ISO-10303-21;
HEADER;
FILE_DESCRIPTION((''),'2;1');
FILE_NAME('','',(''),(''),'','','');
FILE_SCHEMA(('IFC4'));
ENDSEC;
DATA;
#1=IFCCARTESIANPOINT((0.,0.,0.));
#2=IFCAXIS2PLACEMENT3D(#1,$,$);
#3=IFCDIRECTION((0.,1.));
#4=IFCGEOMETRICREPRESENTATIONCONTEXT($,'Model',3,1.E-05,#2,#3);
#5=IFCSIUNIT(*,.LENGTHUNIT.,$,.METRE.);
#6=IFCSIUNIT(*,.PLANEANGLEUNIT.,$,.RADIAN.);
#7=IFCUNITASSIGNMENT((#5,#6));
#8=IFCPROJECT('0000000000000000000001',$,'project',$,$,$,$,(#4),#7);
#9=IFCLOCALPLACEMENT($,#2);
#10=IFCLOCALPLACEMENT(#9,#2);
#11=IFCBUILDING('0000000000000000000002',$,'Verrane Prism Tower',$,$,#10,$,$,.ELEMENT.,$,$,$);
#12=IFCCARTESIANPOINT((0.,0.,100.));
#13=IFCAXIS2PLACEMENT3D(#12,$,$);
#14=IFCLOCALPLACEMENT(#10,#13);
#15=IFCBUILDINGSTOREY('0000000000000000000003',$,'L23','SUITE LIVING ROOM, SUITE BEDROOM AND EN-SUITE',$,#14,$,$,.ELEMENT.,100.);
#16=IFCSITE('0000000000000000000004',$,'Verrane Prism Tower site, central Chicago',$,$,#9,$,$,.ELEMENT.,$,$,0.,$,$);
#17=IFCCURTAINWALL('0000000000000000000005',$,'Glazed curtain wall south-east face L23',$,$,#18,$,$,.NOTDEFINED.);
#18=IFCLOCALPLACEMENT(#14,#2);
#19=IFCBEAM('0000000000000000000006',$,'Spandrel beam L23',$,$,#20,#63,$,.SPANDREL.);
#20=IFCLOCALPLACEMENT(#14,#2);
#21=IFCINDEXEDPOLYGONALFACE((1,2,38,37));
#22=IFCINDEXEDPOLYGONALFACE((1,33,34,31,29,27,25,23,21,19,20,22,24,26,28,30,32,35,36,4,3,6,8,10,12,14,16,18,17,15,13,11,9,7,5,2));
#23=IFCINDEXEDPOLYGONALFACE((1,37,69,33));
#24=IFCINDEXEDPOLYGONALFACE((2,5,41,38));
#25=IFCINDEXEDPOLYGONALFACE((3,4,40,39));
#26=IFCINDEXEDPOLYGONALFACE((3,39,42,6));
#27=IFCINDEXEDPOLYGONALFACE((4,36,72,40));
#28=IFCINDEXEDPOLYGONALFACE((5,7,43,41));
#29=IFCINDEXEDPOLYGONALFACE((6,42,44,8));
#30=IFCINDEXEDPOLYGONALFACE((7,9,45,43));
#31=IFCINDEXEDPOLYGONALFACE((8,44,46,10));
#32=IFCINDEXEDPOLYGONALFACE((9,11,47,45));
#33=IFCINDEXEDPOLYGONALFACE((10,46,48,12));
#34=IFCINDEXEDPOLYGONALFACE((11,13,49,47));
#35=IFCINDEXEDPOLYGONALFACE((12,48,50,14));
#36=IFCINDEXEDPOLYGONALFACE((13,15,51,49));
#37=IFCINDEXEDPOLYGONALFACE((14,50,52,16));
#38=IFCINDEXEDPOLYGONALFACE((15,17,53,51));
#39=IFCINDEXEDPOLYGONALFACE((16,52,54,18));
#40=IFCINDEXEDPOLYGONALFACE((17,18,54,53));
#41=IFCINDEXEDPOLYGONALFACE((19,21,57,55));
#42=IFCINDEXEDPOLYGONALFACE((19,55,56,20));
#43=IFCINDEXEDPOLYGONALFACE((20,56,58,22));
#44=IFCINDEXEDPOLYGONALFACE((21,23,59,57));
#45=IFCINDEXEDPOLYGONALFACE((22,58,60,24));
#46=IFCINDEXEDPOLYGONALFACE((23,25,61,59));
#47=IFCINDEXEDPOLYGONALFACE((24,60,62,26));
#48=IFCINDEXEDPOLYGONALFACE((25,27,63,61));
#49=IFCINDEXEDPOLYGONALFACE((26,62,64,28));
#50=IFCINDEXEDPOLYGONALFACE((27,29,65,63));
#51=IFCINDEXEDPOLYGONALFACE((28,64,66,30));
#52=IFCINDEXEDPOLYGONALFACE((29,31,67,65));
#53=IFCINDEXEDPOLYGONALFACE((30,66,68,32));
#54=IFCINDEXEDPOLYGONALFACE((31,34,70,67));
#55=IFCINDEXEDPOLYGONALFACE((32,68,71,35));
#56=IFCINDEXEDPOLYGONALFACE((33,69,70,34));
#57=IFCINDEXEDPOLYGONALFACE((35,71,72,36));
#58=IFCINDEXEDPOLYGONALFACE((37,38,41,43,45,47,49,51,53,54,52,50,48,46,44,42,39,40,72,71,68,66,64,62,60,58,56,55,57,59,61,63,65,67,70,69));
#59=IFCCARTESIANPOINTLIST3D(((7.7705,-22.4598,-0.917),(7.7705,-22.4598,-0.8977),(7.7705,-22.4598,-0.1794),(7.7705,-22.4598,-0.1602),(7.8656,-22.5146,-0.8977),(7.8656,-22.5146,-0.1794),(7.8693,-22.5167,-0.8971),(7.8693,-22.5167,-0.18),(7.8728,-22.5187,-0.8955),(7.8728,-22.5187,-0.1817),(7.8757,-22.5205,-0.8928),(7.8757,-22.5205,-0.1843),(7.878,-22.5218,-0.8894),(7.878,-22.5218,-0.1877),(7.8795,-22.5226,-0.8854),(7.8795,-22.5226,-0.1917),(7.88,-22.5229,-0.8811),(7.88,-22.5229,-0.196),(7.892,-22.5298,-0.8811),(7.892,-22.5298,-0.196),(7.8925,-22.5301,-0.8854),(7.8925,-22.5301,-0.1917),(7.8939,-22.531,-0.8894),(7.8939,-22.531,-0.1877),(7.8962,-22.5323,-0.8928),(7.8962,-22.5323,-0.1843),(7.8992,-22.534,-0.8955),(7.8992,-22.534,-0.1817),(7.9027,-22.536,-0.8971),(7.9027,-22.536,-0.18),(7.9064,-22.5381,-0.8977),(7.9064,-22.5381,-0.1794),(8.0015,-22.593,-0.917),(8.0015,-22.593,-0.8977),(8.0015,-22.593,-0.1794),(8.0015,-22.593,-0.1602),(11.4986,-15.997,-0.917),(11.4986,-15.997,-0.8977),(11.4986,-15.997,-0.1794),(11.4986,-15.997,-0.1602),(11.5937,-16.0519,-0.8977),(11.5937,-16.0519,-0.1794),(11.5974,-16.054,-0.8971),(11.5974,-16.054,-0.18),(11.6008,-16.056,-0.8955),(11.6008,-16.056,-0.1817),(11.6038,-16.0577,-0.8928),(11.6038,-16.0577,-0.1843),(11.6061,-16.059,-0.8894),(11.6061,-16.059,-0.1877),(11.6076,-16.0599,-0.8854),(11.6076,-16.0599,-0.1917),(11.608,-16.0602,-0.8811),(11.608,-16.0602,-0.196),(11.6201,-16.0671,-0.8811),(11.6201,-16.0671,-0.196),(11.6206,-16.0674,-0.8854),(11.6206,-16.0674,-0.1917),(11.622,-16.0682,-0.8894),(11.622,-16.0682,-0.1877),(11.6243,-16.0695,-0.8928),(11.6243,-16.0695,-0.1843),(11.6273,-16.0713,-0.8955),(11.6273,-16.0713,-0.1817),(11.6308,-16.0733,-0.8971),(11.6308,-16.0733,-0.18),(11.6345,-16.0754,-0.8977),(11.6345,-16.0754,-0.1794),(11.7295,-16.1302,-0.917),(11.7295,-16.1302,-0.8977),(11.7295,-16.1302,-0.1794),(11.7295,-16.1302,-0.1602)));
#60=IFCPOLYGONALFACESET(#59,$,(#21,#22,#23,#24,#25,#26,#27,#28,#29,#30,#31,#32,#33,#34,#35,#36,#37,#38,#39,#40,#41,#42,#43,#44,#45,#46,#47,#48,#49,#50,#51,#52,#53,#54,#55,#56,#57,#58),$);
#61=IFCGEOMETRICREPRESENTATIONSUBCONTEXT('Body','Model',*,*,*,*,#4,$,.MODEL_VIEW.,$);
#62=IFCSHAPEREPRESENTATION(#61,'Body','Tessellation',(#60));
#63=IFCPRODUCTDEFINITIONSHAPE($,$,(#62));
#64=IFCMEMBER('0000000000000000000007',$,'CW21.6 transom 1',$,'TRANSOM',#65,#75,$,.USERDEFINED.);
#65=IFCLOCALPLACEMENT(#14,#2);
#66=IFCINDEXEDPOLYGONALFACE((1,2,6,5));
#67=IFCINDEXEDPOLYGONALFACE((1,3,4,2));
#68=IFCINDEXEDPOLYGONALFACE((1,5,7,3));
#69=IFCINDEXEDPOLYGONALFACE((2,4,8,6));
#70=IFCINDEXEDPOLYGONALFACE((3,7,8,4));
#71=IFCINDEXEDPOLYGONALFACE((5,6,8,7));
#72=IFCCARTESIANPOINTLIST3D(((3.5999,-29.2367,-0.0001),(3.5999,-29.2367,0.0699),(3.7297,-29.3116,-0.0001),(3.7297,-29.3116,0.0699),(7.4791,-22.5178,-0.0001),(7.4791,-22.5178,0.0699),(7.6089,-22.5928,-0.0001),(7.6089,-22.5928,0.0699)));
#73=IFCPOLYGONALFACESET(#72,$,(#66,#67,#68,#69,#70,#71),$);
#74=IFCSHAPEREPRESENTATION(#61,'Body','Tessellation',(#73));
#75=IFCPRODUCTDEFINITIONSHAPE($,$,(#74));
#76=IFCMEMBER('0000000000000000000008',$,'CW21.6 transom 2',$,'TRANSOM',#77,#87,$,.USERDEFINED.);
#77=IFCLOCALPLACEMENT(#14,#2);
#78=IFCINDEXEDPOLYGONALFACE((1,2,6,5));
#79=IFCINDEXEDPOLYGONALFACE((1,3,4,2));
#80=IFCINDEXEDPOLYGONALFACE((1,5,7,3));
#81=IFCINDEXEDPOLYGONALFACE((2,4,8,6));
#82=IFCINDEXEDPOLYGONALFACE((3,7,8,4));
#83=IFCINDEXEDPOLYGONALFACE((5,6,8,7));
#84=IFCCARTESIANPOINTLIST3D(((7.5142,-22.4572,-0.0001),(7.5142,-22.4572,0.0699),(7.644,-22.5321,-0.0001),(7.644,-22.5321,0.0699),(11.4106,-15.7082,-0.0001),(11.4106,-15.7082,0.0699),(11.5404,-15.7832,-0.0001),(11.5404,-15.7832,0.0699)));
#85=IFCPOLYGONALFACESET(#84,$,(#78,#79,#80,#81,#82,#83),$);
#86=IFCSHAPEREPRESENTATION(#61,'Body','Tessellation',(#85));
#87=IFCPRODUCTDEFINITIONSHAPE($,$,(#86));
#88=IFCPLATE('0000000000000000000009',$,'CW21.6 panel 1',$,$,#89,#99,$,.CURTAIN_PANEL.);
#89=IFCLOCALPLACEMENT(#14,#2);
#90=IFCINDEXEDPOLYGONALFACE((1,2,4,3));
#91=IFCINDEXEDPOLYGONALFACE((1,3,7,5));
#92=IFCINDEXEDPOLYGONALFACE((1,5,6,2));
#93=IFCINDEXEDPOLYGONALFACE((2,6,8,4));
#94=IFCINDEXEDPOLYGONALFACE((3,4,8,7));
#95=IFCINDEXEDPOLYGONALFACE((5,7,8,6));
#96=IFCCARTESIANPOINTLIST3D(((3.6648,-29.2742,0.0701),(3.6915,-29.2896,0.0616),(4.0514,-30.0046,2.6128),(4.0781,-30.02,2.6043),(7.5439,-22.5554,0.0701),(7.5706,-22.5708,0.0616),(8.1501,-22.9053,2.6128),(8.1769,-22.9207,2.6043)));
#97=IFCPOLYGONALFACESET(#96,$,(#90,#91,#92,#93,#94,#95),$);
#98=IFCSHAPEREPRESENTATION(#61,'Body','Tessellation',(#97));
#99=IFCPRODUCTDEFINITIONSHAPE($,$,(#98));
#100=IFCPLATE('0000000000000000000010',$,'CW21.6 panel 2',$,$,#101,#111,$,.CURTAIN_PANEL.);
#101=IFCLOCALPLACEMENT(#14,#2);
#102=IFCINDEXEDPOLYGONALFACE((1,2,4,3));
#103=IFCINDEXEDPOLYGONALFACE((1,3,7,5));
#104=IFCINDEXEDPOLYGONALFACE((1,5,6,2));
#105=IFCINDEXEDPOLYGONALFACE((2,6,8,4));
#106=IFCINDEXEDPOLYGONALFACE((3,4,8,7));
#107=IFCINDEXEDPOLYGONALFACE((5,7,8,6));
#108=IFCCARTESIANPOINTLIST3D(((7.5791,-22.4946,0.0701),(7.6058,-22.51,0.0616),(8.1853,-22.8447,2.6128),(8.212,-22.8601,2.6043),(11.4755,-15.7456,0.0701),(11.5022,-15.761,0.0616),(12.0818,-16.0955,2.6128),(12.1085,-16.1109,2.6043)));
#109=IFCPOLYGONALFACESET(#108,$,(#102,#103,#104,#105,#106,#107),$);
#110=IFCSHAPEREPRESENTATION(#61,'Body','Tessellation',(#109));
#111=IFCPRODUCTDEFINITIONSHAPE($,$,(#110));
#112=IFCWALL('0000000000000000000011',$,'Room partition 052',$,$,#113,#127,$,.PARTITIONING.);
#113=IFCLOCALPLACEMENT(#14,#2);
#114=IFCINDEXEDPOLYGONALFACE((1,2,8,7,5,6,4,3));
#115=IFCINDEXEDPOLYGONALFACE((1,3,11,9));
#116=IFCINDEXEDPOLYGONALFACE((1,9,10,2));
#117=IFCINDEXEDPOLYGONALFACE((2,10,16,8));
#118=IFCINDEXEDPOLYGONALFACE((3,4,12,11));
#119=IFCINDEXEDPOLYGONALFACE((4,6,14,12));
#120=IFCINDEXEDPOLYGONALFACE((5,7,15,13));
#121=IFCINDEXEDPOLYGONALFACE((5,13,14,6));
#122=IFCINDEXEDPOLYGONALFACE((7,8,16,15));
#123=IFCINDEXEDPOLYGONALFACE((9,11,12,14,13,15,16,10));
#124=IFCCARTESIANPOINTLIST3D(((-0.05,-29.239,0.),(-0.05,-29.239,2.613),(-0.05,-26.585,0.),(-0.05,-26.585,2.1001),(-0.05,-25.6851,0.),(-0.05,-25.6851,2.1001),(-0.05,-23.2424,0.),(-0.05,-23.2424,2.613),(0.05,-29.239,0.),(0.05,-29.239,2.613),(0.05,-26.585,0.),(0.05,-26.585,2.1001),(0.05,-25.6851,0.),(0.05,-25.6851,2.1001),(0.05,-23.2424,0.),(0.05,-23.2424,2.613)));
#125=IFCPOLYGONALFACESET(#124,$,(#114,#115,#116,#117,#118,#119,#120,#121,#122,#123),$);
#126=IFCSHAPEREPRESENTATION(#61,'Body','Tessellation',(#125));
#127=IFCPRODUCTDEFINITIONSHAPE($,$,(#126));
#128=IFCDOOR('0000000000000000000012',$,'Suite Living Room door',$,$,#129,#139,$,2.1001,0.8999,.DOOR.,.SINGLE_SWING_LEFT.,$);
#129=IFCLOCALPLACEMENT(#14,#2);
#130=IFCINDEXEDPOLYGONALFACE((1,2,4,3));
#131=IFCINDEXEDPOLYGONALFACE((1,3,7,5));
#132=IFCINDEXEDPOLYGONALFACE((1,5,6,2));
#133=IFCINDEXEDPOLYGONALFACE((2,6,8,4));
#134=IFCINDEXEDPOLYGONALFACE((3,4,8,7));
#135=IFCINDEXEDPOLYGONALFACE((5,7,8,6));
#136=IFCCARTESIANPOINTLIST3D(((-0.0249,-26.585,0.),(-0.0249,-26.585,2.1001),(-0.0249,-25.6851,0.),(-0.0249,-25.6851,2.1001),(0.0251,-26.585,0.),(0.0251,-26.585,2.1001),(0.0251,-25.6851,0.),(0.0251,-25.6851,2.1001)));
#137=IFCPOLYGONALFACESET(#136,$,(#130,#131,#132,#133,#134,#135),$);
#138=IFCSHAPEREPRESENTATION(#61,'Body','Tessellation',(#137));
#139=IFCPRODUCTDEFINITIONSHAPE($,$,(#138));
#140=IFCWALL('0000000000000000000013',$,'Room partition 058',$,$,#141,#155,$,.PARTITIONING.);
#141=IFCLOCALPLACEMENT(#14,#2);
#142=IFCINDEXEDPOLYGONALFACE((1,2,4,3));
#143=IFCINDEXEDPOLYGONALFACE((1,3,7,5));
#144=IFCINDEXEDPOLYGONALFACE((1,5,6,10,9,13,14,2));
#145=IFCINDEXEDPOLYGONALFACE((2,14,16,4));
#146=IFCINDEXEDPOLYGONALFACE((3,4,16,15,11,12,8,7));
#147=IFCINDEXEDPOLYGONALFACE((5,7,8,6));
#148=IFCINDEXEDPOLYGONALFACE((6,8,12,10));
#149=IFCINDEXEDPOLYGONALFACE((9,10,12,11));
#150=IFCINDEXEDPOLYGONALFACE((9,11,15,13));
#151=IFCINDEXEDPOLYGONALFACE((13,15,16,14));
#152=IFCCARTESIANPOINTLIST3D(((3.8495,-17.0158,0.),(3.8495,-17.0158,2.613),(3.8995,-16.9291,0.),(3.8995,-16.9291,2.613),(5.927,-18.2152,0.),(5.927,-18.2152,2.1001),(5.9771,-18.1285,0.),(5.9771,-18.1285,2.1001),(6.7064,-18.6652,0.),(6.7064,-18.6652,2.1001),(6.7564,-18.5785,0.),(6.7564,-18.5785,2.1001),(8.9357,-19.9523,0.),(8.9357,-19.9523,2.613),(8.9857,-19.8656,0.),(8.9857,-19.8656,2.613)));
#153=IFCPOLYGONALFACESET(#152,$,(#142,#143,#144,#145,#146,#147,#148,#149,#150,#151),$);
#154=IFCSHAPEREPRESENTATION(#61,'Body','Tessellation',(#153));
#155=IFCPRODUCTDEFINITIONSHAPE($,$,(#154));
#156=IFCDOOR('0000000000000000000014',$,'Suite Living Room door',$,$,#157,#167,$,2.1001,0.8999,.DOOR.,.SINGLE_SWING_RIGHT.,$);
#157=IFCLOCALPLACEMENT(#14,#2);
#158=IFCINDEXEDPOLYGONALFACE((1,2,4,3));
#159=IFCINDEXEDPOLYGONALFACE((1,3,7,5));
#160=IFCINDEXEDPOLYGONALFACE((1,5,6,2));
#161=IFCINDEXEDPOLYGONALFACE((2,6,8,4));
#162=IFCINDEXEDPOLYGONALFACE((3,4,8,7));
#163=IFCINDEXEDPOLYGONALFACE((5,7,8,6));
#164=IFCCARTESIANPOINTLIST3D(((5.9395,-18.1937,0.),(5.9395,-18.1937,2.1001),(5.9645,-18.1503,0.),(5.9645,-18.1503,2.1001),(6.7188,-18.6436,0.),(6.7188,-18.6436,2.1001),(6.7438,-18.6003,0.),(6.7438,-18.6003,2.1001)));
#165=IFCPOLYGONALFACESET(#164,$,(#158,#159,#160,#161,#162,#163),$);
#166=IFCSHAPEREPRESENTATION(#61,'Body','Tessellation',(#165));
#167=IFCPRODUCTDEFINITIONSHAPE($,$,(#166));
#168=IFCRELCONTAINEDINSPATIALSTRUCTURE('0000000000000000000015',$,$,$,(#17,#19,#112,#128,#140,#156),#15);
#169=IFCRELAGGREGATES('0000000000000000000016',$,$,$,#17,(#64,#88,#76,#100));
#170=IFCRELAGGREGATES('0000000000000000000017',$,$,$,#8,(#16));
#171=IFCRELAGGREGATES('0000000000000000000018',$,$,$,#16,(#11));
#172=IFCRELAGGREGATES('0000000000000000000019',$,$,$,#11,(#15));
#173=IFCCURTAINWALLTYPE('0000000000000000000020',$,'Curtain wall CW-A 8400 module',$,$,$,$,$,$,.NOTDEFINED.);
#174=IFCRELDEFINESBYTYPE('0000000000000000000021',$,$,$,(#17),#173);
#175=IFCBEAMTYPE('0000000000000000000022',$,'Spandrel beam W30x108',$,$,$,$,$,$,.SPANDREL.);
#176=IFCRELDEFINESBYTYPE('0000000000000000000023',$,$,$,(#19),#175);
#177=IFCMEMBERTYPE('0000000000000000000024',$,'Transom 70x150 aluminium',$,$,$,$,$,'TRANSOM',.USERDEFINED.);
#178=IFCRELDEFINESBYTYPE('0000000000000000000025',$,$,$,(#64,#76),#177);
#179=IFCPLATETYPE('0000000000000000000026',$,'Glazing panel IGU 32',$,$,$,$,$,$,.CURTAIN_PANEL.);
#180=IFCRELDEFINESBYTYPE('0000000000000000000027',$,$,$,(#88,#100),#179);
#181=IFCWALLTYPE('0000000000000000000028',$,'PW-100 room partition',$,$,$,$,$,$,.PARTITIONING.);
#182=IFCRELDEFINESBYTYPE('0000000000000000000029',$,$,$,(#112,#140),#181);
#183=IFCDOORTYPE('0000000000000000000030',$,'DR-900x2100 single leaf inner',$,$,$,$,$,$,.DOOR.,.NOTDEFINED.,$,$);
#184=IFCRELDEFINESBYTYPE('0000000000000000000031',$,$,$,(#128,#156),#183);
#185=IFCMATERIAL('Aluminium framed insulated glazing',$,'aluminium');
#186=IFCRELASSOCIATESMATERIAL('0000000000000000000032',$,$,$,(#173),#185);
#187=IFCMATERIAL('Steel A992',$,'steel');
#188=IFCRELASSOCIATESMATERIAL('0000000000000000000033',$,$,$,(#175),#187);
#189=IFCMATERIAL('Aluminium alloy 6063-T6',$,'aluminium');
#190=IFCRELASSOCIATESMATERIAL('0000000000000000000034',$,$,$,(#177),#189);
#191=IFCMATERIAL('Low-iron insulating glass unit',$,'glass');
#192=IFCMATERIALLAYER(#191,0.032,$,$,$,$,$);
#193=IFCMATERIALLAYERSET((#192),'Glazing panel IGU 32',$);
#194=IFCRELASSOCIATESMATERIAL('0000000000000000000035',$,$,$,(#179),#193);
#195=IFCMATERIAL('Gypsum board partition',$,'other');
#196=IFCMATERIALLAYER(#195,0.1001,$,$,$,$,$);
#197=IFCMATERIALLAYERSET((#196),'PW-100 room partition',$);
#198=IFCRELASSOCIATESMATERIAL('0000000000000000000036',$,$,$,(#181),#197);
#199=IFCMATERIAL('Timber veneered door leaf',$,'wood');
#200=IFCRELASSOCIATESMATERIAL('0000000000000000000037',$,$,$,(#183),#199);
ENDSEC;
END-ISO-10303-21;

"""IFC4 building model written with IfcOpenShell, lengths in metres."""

from ifc_helpers import new_model, si_unit, direction, frame, frame_2d, origin, origin_2d, place, context, subcontext, project, spatial, polyline, rectangle, i_section, outline, extrude, material, layer, layer_set, material_profile, profile_set, type_object, element, fill, aggregate, save


model = new_model("IFC4")

# Units and contexts
model_context = context("Model", 3, precision=1e-05, world=origin(), true_north=direction((0.0, 1.0)))
body_context = subcontext(model_context, "Body", "Model", "MODEL_VIEW")
ifc_project = project(units=[si_unit("LENGTHUNIT", "METRE"), si_unit("PLANEANGLEUNIT", "RADIAN")], contexts=[model_context])

# Site, building, storey
site_placement = place(None, origin())
site = spatial("IfcSite", under=ifc_project, at=site_placement, Name="Verrane Prism Tower site, central Chicago", CompositionType="ELEMENT", RefElevation=0.0)
building_placement = place(site_placement, origin())
building = spatial("IfcBuilding", under=site, at=building_placement, Name="Verrane Prism Tower", CompositionType="ELEMENT")
storey_placement = place(building_placement, frame((0.0, 0.0, 100.0)))
storey = spatial("IfcBuildingStorey", under=building, at=storey_placement, Name="L23", Description="SUITE LIVING ROOM, SUITE BEDROOM AND EN-SUITE", CompositionType="ELEMENT", Elevation=100.0)

# Curtain wall
ifc_material_1 = material(Name="Aluminium framed insulated glazing", Category="aluminium")
curtain_wall_type = type_object("IfcCurtainWallType", Name="Curtain wall CW-A 8400 module", PredefinedType="NOTDEFINED", material=ifc_material_1)
curtain_wall_placement = place(storey_placement, origin())
curtain_wall = element("IfcCurtainWall", 1, at=curtain_wall_placement, inside=storey, type_object=curtain_wall_type, Name="Glazed curtain wall south-east face L23", PredefinedType="NOTDEFINED")

# Beam
ifc_material_2 = material(Name="Steel A992", Category="steel")
ifc_material_profile_1 = material_profile(ifc_material_2, i_section(OverallWidth=0.2666, OverallDepth=0.7568, WebThickness=0.0139, FlangeThickness=0.0193, FilletRadius=0.0166, at=origin_2d()), Name="W30x108")
ifc_profile_set_1 = profile_set([ifc_material_profile_1], Name="Steel A992")
beam_type_1 = type_object("IfcBeamType", Name="Spandrel beam W30x108", PredefinedType="SPANDREL", material=ifc_profile_set_1)
beam_1_placement = place(storey_placement, frame((7.886, -22.5264, -0.5386), z_axis=(0.49968, 0.86621, 0.0), x_axis=(-0.86621, 0.49968, 0.0)))
element("IfcBeam", 2, at=beam_1_placement, inside=storey, type_object=beam_type_1, Name="Spandrel beam L23", PredefinedType="SPANDREL", context=body_context, shape_type="SweptSolid", body=[
    extrude(i_section(OverallWidth=0.2666, OverallDepth=0.7568, WebThickness=0.0139, FlangeThickness=0.0193, FilletRadius=0.0166, at=origin_2d()), origin(), (0.0, 0.0, 1.0), 7.4609),
])

# Members
ifc_material_3 = material(Name="Aluminium alloy 6063-T6", Category="aluminium")
ifc_material_profile_2 = material_profile(ifc_material_3, rectangle(XDim=0.1499, YDim=0.0701, at=origin_2d()), Name="Transom 70x150 aluminium")
ifc_profile_set_2 = profile_set([ifc_material_profile_2], Name="Aluminium alloy 6063-T6")
member_type_1 = type_object("IfcMemberType", Name="Transom 70x150 aluminium", ElementType="TRANSOM", PredefinedType="USERDEFINED", material=ifc_profile_set_2)
member_1_placement = place(storey_placement, frame((3.6648, -29.2742, 0.0349), z_axis=(0.500008, 0.866021, 0.0), x_axis=(-0.866021, 0.500008, 0.0)))
member_1 = element("IfcMember", 3, at=member_1_placement, type_object=member_type_1, Name="CW21.6 transom 1", ObjectType="TRANSOM", PredefinedType="USERDEFINED", context=body_context, shape_type="SweptSolid", body=[
    extrude(rectangle(XDim=0.1499, YDim=0.0701, at=origin_2d()), origin(), (0.0, 0.0, 1.0), 7.7583),
])
member_2_placement = place(storey_placement, frame((7.5791, -22.4946, 0.0349), z_axis=(0.499994, 0.866029, 0.0), x_axis=(-0.866029, 0.499994, 0.0)))
member_2 = element("IfcMember", 4, at=member_2_placement, type_object=member_type_1, Name="CW21.6 transom 2", ObjectType="TRANSOM", PredefinedType="USERDEFINED", context=body_context, shape_type="SweptSolid", body=[
    extrude(rectangle(XDim=0.1499, YDim=0.0701, at=origin_2d()), origin(), (0.0, 0.0, 1.0), 7.793),
])

# Plates
ifc_material_4 = material(Name="Low-iron insulating glass unit", Category="glass")
ifc_layer_1 = layer(ifc_material_4, 0.032)
ifc_layer_set_1 = layer_set([ifc_layer_1], Name="Glazing panel IGU 32")
plate_type = type_object("IfcPlateType", Name="Glazing panel IGU 32", PredefinedType="CURTAIN_PANEL", material=ifc_layer_set_1)
plate_1_placement = place(storey_placement, frame((3.6648, -29.2742, 0.0701), z_axis=(-0.834964, 0.48206, 0.26543), x_axis=(0.499996, 0.866028, 0.000004)))
plate_1 = element("IfcPlate", 5, at=plate_1_placement, type_object=plate_type, Name="CW21.6 panel 1", PredefinedType="CURTAIN_PANEL", context=body_context, shape_type="SweptSolid", body=[
    extrude(outline(polyline([(0.0, 0.0), (7.7582, 0.0), (7.7583, -2.6373), (-0.4392, -2.6374), (0.0, 0.0)])), origin(), (0.0, 0.0, -1.0), 0.032),
])
plate_2_placement = place(storey_placement, frame((7.5791, -22.4946, 0.0701), z_axis=(-0.834973, 0.482055, 0.265412), x_axis=(0.499987, 0.866033, 0.000002)))
plate_2 = element("IfcPlate", 6, at=plate_2_placement, type_object=plate_type, Name="CW21.6 panel 2", PredefinedType="CURTAIN_PANEL", context=body_context, shape_type="SweptSolid", body=[
    extrude(outline(polyline([(0.0, 0.0), (7.7931, 0.0), (7.7932, -2.6373), (-0.0001, -2.6373), (0.0, 0.0)])), origin(), (0.0, 0.0, -1.0), 0.032),
])
aggregate(curtain_wall, [member_1, plate_1, member_2, plate_2])

# Walls, openings, doors
ifc_material_5 = material(Name="Gypsum board partition", Category="other")
ifc_layer_2 = layer(ifc_material_5, 0.1001)
ifc_layer_set_2 = layer_set([ifc_layer_2], Name="PW-100 room partition")
wall_type_1 = type_object("IfcWallType", Name="PW-100 room partition", PredefinedType="PARTITIONING", material=ifc_layer_set_2)
wall_1_placement = place(storey_placement, frame((0.0, -29.239, 0.0), z_axis=(0.0, 0.0, 1.0), x_axis=(0.0, 1.0, 0.0)))
wall_1 = element("IfcWall", 7, at=wall_1_placement, inside=storey, type_object=wall_type_1, Name="Room partition 052", PredefinedType="PARTITIONING", context=body_context, shape_type="SweptSolid", body=[
    extrude(rectangle(XDim=5.9966, YDim=0.1001, at=frame_2d((2.9983, 0.0))), origin(), (0.0, 0.0, 1.0), 2.613),
])
opening_1_placement = place(wall_1_placement, frame((2.6541, 0.0, 0.0)))
opening_1 = element("IfcOpeningElement", 8, at=opening_1_placement, cuts=wall_1, PredefinedType="OPENING", context=body_context, shape_type="SweptSolid", body=[
    extrude(rectangle(XDim=0.8999, YDim=2.1001, at=frame_2d((0.45, 1.05))), frame((0.0, 0.0601, 0.0), z_axis=(0.0, -1.0, 0.0), x_axis=(1.0, 0.0, 0.0)), (0.0, 0.0, 1.0), 0.1201),
])
ifc_material_6 = material(Name="Timber veneered door leaf", Category="wood")
door_type_1 = type_object("IfcDoorType", Name="DR-900x2100 single leaf inner", OperationType="NOTDEFINED", PredefinedType="DOOR", material=ifc_material_6)
door_1_placement = place(opening_1_placement, origin())
door_1 = element("IfcDoor", 9, at=door_1_placement, inside=storey, type_object=door_type_1, Name="Suite Living Room door", OperationType="SINGLE_SWING_LEFT", OverallHeight=2.1001, OverallWidth=0.8999, PredefinedType="DOOR", context=body_context, shape_type="SweptSolid", body=[
    extrude(rectangle(XDim=0.8999, YDim=2.1001, at=frame_2d((0.45, 1.05))), frame((0.0, 0.0249, 0.0), z_axis=(0.0, -1.0, 0.0), x_axis=(1.0, 0.0, 0.0)), (0.0, 0.0, 1.0), 0.05),
])
fill(opening_1, door_1)
wall_2_placement = place(storey_placement, frame((3.8745, -16.9724, 0.0), z_axis=(0.0, 0.0, 1.0), x_axis=(0.866024, -0.500002, 0.0)))
wall_2 = element("IfcWall", 10, at=wall_2_placement, inside=storey, type_object=wall_type_1, Name="Room partition 058", PredefinedType="PARTITIONING", context=body_context, shape_type="SweptSolid", body=[
    extrude(rectangle(XDim=5.873, YDim=0.1001, at=frame_2d((2.9365, 0.0))), origin(), (0.0, 0.0, 1.0), 2.613),
])
opening_2_placement = place(wall_2_placement, frame((2.3989, 0.0, 0.0)))
opening_2 = element("IfcOpeningElement", 11, at=opening_2_placement, cuts=wall_2, PredefinedType="OPENING", context=body_context, shape_type="SweptSolid", body=[
    extrude(rectangle(XDim=0.8999, YDim=2.1001, at=frame_2d((0.45, 1.05))), frame((0.0, 0.0601, 0.0), z_axis=(0.0, -1.0, 0.0), x_axis=(1.0, 0.0, 0.0)), (0.0, 0.0, 1.0), 0.1201),
])
door_2_placement = place(opening_2_placement, origin())
door_2 = element("IfcDoor", 12, at=door_2_placement, inside=storey, type_object=door_type_1, Name="Suite Living Room door", OperationType="SINGLE_SWING_RIGHT", OverallHeight=2.1001, OverallWidth=0.8999, PredefinedType="DOOR", context=body_context, shape_type="SweptSolid", body=[
    extrude(rectangle(XDim=0.8999, YDim=2.1001, at=frame_2d((0.45, 1.05))), frame((0.0, 0.0249, 0.0), z_axis=(0.0, -1.0, 0.0), x_axis=(1.0, 0.0, 0.0)), (0.0, 0.0, 1.0), 0.05),
])
fill(opening_2, door_2)

save(model, "model.ifc")
